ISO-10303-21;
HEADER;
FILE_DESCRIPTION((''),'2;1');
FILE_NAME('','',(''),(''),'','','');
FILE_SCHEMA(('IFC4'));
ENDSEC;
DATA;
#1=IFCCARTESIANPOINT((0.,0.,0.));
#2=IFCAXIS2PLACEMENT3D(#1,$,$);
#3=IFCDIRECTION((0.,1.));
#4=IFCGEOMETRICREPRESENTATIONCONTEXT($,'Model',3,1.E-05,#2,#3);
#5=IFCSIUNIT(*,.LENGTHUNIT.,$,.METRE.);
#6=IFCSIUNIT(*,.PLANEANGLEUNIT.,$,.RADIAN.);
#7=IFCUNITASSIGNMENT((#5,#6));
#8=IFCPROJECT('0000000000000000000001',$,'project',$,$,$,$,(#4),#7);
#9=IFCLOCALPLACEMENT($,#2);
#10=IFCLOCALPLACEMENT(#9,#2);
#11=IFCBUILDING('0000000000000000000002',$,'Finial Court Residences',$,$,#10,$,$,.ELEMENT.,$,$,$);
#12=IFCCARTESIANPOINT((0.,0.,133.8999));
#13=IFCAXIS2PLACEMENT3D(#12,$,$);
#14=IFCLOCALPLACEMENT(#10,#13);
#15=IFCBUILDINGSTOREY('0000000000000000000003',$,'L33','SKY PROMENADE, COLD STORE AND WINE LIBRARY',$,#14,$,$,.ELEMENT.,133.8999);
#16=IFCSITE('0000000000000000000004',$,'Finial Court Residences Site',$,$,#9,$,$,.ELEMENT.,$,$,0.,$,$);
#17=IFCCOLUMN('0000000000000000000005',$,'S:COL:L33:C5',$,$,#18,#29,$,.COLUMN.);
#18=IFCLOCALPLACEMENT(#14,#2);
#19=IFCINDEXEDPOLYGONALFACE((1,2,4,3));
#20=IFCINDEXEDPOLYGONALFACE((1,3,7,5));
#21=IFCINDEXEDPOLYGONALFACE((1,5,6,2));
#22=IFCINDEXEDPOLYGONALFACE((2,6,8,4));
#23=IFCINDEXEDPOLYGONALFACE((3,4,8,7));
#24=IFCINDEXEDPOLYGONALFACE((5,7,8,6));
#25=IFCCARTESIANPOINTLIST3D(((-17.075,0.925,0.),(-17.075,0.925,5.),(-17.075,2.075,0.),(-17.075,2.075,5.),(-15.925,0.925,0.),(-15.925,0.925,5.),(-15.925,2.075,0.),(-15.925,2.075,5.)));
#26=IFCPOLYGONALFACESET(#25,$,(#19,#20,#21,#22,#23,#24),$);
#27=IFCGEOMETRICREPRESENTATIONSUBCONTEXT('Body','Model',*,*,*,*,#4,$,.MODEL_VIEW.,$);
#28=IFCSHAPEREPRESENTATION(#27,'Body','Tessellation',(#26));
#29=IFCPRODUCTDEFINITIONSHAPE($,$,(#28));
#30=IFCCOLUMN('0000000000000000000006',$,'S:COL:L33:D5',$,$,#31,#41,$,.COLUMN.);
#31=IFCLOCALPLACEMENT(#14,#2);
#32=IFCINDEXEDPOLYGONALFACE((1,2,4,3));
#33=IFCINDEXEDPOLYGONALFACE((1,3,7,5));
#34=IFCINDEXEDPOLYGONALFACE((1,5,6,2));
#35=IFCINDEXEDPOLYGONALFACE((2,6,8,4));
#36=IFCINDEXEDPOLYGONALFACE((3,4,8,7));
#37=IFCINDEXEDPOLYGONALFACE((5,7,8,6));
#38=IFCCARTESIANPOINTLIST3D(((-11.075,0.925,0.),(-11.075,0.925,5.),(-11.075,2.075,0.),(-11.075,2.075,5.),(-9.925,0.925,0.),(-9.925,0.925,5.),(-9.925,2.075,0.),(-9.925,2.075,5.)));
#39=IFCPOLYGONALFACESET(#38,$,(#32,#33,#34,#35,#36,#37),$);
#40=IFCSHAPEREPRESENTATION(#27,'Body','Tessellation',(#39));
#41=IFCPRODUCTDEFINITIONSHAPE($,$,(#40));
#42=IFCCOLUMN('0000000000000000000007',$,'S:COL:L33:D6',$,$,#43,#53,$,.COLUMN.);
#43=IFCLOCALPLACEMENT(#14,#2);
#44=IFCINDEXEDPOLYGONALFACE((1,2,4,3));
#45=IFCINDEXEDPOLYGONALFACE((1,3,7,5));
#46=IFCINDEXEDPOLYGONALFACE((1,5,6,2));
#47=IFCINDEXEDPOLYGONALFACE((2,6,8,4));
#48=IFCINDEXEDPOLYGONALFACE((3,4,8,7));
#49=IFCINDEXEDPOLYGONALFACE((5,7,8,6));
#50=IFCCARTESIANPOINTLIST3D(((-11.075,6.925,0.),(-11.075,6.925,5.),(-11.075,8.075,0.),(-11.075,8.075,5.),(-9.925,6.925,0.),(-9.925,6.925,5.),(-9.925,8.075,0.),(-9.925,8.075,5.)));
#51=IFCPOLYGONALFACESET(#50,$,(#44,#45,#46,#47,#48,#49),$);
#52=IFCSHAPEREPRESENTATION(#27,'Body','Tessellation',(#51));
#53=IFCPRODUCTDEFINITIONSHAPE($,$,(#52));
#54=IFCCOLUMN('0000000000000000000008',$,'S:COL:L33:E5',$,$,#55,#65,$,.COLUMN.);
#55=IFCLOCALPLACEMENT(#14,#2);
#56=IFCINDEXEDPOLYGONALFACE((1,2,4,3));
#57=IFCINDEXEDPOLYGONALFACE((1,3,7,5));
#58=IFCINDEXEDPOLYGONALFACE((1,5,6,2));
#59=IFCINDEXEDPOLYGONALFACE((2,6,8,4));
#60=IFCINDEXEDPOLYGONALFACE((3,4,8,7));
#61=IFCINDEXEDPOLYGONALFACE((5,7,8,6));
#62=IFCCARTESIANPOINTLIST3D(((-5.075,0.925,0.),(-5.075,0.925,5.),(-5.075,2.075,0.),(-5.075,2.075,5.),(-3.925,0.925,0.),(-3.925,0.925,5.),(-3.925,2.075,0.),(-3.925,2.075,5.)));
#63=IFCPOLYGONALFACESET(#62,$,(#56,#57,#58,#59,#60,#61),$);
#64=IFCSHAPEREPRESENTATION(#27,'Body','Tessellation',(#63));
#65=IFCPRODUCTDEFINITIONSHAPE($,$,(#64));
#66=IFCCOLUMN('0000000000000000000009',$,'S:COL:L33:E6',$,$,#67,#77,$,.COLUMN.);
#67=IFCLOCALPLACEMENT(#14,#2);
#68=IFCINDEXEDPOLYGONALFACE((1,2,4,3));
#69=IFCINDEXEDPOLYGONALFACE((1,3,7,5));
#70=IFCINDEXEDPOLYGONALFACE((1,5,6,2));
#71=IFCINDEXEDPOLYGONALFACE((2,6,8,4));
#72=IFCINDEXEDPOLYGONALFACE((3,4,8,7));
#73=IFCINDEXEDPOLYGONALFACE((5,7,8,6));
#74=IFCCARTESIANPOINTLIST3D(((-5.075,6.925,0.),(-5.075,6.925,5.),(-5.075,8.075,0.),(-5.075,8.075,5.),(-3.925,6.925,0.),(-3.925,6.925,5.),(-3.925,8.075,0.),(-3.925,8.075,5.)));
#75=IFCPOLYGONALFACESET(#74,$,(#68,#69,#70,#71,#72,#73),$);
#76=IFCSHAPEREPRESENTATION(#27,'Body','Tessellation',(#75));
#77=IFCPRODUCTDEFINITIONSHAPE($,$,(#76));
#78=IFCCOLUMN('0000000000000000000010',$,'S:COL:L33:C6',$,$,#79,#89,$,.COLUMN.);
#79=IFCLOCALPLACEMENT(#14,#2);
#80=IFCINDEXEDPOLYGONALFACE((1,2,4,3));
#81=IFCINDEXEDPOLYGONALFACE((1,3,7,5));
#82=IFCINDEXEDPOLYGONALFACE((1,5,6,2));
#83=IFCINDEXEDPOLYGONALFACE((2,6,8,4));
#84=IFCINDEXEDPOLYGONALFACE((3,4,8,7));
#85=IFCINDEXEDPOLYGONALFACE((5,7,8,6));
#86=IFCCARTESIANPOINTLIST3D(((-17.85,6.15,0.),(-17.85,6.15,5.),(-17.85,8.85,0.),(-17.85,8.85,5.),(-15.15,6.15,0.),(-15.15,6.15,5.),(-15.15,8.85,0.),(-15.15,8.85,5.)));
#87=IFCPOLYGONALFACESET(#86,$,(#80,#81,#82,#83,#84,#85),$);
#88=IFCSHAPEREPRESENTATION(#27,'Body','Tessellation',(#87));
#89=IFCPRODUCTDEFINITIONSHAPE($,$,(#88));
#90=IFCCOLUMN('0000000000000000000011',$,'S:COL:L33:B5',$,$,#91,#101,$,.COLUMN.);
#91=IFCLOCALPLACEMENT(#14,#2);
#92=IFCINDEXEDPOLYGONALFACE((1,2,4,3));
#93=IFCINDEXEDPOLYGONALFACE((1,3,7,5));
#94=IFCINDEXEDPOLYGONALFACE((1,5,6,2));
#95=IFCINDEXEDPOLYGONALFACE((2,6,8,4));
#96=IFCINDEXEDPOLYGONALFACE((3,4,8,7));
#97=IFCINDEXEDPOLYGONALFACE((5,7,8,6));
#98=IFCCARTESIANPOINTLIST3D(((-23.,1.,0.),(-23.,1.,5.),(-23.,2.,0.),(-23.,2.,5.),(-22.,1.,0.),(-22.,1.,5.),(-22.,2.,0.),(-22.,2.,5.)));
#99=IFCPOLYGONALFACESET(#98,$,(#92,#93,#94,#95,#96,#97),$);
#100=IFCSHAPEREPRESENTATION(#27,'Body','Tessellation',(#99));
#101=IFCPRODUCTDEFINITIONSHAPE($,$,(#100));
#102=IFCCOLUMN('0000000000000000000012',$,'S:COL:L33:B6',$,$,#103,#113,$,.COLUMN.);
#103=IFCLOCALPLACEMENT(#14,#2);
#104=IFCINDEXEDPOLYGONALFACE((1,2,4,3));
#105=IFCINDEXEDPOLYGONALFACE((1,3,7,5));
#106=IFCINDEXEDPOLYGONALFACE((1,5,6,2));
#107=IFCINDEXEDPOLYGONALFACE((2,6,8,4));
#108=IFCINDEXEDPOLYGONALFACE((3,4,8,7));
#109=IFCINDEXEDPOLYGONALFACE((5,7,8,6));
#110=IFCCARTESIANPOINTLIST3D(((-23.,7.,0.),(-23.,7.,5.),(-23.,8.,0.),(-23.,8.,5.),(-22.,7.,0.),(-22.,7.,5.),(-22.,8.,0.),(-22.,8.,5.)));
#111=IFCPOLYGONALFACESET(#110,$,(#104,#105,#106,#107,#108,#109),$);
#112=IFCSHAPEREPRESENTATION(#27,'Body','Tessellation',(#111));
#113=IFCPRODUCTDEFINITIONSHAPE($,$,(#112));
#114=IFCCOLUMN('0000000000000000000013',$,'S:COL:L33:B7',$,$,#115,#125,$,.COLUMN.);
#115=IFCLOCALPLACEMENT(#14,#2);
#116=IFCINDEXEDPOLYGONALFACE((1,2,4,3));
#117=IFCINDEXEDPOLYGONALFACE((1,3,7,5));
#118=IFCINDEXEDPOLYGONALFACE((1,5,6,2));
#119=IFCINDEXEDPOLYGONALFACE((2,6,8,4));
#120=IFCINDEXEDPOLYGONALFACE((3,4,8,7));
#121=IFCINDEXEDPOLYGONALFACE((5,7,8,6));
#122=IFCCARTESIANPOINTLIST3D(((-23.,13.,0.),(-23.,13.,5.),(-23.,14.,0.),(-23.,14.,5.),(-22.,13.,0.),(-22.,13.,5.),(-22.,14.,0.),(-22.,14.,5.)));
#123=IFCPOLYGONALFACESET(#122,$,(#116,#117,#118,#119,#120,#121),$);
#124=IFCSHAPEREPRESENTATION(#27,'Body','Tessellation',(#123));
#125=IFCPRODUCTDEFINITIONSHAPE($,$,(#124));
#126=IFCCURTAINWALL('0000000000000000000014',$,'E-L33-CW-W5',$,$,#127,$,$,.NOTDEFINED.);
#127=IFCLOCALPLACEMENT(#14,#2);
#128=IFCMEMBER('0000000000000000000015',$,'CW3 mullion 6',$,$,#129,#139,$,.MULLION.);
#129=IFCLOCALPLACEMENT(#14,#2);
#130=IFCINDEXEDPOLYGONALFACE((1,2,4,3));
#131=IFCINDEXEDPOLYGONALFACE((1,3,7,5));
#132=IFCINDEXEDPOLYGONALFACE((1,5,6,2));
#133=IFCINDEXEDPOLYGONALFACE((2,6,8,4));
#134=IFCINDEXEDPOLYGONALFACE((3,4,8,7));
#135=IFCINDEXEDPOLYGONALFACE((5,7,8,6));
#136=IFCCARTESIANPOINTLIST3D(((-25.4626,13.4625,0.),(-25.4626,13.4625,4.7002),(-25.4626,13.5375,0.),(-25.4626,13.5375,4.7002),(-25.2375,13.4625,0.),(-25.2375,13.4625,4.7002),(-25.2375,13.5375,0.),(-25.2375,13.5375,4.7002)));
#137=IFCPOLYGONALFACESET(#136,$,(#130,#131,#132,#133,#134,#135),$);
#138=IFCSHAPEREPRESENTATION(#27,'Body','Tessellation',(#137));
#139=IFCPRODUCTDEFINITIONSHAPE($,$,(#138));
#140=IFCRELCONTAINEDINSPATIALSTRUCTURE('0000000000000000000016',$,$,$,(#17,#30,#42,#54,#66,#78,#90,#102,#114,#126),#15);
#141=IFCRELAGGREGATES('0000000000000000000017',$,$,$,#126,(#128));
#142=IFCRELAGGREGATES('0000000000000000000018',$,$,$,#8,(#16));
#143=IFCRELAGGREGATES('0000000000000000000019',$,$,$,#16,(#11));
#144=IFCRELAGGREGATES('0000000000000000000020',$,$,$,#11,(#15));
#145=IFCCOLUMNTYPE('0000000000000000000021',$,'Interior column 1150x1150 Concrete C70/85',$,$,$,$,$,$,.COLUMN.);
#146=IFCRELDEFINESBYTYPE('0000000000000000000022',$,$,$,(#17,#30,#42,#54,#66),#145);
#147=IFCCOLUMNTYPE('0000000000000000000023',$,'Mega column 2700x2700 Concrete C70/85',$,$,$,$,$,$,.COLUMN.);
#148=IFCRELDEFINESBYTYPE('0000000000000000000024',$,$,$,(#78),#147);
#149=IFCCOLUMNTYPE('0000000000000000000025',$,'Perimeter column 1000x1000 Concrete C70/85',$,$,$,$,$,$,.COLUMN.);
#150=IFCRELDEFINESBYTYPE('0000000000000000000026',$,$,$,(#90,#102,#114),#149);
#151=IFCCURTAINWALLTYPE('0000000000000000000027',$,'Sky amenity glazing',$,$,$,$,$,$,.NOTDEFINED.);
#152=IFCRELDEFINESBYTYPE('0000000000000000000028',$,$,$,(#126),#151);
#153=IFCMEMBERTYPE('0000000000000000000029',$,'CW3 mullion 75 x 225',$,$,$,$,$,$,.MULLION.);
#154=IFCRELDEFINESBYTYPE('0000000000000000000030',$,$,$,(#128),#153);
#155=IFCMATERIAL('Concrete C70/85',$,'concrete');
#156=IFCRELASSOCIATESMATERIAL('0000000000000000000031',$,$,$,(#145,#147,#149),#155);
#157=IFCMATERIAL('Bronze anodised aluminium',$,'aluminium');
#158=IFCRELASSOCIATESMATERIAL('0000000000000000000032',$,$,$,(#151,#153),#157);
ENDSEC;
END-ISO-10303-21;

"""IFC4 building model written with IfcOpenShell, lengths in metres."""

from ifc_helpers import new_model, si_unit, direction, frame, origin, origin_2d, place, context, subcontext, project, spatial, rectangle, extrude, material, material_profile, profile_set, type_object, element, aggregate, save


model = new_model("IFC4")

# Units and contexts
model_context = context("Model", 3, precision=1e-05, world=origin(), true_north=direction((0.0, 1.0)))
body_context = subcontext(model_context, "Body", "Model", "MODEL_VIEW")
ifc_project = project(units=[si_unit("LENGTHUNIT", "METRE"), si_unit("PLANEANGLEUNIT", "RADIAN")], contexts=[model_context])

# Site, building, storey
site_placement = place(None, origin())
site = spatial("IfcSite", under=ifc_project, at=site_placement, Name="Finial Court Residences Site", CompositionType="ELEMENT", RefElevation=0.0)
building_placement = place(site_placement, origin())
building = spatial("IfcBuilding", under=site, at=building_placement, Name="Finial Court Residences", CompositionType="ELEMENT")
storey_placement = place(building_placement, frame((0.0, 0.0, 133.8999)))
storey = spatial("IfcBuildingStorey", under=building, at=storey_placement, Name="L33", Description="SKY PROMENADE, COLD STORE AND WINE LIBRARY", CompositionType="ELEMENT", Elevation=133.8999)

# Columns
ifc_material_1 = material(Name="Concrete C70/85", Category="concrete")
ifc_material_profile_1 = material_profile(ifc_material_1, rectangle(XDim=1.1499, YDim=1.1499, at=origin_2d()), Name="1150x1150")
ifc_profile_set_1 = profile_set([ifc_material_profile_1], Name="Concrete C70/85")
column_type_1 = type_object("IfcColumnType", Name="Interior column 1150x1150 Concrete C70/85", PredefinedType="COLUMN", material=ifc_profile_set_1)
for number, where, z_axis, x_axis, name in (
    (1, (-16.5, 1.5, 0.0), (0.0, 0.0, 1.0), (1.0, 0.0, 0.0), "S:COL:L33:C5"),
    (2, (-10.5, 1.5, 0.0), (0.0, 0.0, 1.0), (1.0, 0.0, 0.0), "S:COL:L33:D5"),
    (3, (-10.5, 7.5, 0.0), (0.0, 0.0, 1.0), (1.0, 0.0, 0.0), "S:COL:L33:D6"),
    (4, (-4.5, 1.5, 0.0), (0.0, 0.0, 1.0), (1.0, 0.0, 0.0), "S:COL:L33:E5"),
    (5, (-4.5, 7.5, 0.0), (0.0, 0.0, 1.0), (1.0, 0.0, 0.0), "S:COL:L33:E6"),
):
    element("IfcColumn", number, at=place(storey_placement, frame(where, z_axis=z_axis, x_axis=x_axis)), inside=storey, type_object=column_type_1, Name=name, PredefinedType="COLUMN", context=body_context, shape_type="SweptSolid", body=[
        extrude(rectangle(XDim=1.1499, YDim=1.1499, at=origin_2d()), origin(), (0.0, 0.0, 1.0), 5.0),
    ])
ifc_material_profile_2 = material_profile(ifc_material_1, rectangle(XDim=2.7, YDim=2.7, at=origin_2d()), Name="2700x2700")
ifc_profile_set_2 = profile_set([ifc_material_profile_2], Name="Concrete C70/85")
column_type_2 = type_object("IfcColumnType", Name="Mega column 2700x2700 Concrete C70/85", PredefinedType="COLUMN", material=ifc_profile_set_2)
column_placement = place(storey_placement, frame((-16.5, 7.5, 0.0), z_axis=(0.0, 0.0, 1.0), x_axis=(1.0, 0.0, 0.0)))
element("IfcColumn", 6, at=column_placement, inside=storey, type_object=column_type_2, Name="S:COL:L33:C6", PredefinedType="COLUMN", context=body_context, shape_type="SweptSolid", body=[
    extrude(rectangle(XDim=2.7, YDim=2.7, at=origin_2d()), origin(), (0.0, 0.0, 1.0), 5.0),
])
ifc_material_profile_3 = material_profile(ifc_material_1, rectangle(XDim=1.0, YDim=1.0, at=origin_2d()), Name="1000x1000")
ifc_profile_set_3 = profile_set([ifc_material_profile_3], Name="Concrete C70/85")
column_type_3 = type_object("IfcColumnType", Name="Perimeter column 1000x1000 Concrete C70/85", PredefinedType="COLUMN", material=ifc_profile_set_3)
for number, where, z_axis, x_axis, name in (
    (7, (-22.5, 1.5, 0.0), (0.0, 0.0, 1.0), (1.0, 0.0, 0.0), "S:COL:L33:B5"),
    (8, (-22.5, 7.5, 0.0), (0.0, 0.0, 1.0), (1.0, 0.0, 0.0), "S:COL:L33:B6"),
    (9, (-22.5, 13.5, 0.0), (0.0, 0.0, 1.0), (1.0, 0.0, 0.0), "S:COL:L33:B7"),
):
    element("IfcColumn", number, at=place(storey_placement, frame(where, z_axis=z_axis, x_axis=x_axis)), inside=storey, type_object=column_type_3, Name=name, PredefinedType="COLUMN", context=body_context, shape_type="SweptSolid", body=[
        extrude(rectangle(XDim=1.0, YDim=1.0, at=origin_2d()), origin(), (0.0, 0.0, 1.0), 5.0),
    ])

# Curtain wall, member
ifc_material_2 = material(Name="Bronze anodised aluminium", Category="aluminium")
curtain_wall_type = type_object("IfcCurtainWallType", Name="Sky amenity glazing", PredefinedType="NOTDEFINED", material=ifc_material_2)
curtain_wall_placement = place(storey_placement, origin())
curtain_wall = element("IfcCurtainWall", 10, at=curtain_wall_placement, inside=storey, type_object=curtain_wall_type, Name="E-L33-CW-W5", PredefinedType="NOTDEFINED")
ifc_material_profile_4 = material_profile(ifc_material_2, rectangle(XDim=0.2251, YDim=0.075, at=origin_2d()), Name="CW3 mullion 75 x 225")
ifc_profile_set_4 = profile_set([ifc_material_profile_4], Name="Bronze anodised aluminium")
member_type = type_object("IfcMemberType", Name="CW3 mullion 75 x 225", PredefinedType="MULLION", material=ifc_profile_set_4)
member_placement = place(storey_placement, frame((-25.3501, 13.5, 0.0), z_axis=(0.0, 0.0, 1.0), x_axis=(-1.0, 0.0, 0.0)))
member = element("IfcMember", 11, at=member_placement, type_object=member_type, Name="CW3 mullion 6", PredefinedType="MULLION", context=body_context, shape_type="SweptSolid", body=[
    extrude(rectangle(XDim=0.2251, YDim=0.075, at=origin_2d()), origin(), (0.0, 0.0, 1.0), 4.7002),
])
aggregate(curtain_wall, [member])

save(model, "model.ifc")
